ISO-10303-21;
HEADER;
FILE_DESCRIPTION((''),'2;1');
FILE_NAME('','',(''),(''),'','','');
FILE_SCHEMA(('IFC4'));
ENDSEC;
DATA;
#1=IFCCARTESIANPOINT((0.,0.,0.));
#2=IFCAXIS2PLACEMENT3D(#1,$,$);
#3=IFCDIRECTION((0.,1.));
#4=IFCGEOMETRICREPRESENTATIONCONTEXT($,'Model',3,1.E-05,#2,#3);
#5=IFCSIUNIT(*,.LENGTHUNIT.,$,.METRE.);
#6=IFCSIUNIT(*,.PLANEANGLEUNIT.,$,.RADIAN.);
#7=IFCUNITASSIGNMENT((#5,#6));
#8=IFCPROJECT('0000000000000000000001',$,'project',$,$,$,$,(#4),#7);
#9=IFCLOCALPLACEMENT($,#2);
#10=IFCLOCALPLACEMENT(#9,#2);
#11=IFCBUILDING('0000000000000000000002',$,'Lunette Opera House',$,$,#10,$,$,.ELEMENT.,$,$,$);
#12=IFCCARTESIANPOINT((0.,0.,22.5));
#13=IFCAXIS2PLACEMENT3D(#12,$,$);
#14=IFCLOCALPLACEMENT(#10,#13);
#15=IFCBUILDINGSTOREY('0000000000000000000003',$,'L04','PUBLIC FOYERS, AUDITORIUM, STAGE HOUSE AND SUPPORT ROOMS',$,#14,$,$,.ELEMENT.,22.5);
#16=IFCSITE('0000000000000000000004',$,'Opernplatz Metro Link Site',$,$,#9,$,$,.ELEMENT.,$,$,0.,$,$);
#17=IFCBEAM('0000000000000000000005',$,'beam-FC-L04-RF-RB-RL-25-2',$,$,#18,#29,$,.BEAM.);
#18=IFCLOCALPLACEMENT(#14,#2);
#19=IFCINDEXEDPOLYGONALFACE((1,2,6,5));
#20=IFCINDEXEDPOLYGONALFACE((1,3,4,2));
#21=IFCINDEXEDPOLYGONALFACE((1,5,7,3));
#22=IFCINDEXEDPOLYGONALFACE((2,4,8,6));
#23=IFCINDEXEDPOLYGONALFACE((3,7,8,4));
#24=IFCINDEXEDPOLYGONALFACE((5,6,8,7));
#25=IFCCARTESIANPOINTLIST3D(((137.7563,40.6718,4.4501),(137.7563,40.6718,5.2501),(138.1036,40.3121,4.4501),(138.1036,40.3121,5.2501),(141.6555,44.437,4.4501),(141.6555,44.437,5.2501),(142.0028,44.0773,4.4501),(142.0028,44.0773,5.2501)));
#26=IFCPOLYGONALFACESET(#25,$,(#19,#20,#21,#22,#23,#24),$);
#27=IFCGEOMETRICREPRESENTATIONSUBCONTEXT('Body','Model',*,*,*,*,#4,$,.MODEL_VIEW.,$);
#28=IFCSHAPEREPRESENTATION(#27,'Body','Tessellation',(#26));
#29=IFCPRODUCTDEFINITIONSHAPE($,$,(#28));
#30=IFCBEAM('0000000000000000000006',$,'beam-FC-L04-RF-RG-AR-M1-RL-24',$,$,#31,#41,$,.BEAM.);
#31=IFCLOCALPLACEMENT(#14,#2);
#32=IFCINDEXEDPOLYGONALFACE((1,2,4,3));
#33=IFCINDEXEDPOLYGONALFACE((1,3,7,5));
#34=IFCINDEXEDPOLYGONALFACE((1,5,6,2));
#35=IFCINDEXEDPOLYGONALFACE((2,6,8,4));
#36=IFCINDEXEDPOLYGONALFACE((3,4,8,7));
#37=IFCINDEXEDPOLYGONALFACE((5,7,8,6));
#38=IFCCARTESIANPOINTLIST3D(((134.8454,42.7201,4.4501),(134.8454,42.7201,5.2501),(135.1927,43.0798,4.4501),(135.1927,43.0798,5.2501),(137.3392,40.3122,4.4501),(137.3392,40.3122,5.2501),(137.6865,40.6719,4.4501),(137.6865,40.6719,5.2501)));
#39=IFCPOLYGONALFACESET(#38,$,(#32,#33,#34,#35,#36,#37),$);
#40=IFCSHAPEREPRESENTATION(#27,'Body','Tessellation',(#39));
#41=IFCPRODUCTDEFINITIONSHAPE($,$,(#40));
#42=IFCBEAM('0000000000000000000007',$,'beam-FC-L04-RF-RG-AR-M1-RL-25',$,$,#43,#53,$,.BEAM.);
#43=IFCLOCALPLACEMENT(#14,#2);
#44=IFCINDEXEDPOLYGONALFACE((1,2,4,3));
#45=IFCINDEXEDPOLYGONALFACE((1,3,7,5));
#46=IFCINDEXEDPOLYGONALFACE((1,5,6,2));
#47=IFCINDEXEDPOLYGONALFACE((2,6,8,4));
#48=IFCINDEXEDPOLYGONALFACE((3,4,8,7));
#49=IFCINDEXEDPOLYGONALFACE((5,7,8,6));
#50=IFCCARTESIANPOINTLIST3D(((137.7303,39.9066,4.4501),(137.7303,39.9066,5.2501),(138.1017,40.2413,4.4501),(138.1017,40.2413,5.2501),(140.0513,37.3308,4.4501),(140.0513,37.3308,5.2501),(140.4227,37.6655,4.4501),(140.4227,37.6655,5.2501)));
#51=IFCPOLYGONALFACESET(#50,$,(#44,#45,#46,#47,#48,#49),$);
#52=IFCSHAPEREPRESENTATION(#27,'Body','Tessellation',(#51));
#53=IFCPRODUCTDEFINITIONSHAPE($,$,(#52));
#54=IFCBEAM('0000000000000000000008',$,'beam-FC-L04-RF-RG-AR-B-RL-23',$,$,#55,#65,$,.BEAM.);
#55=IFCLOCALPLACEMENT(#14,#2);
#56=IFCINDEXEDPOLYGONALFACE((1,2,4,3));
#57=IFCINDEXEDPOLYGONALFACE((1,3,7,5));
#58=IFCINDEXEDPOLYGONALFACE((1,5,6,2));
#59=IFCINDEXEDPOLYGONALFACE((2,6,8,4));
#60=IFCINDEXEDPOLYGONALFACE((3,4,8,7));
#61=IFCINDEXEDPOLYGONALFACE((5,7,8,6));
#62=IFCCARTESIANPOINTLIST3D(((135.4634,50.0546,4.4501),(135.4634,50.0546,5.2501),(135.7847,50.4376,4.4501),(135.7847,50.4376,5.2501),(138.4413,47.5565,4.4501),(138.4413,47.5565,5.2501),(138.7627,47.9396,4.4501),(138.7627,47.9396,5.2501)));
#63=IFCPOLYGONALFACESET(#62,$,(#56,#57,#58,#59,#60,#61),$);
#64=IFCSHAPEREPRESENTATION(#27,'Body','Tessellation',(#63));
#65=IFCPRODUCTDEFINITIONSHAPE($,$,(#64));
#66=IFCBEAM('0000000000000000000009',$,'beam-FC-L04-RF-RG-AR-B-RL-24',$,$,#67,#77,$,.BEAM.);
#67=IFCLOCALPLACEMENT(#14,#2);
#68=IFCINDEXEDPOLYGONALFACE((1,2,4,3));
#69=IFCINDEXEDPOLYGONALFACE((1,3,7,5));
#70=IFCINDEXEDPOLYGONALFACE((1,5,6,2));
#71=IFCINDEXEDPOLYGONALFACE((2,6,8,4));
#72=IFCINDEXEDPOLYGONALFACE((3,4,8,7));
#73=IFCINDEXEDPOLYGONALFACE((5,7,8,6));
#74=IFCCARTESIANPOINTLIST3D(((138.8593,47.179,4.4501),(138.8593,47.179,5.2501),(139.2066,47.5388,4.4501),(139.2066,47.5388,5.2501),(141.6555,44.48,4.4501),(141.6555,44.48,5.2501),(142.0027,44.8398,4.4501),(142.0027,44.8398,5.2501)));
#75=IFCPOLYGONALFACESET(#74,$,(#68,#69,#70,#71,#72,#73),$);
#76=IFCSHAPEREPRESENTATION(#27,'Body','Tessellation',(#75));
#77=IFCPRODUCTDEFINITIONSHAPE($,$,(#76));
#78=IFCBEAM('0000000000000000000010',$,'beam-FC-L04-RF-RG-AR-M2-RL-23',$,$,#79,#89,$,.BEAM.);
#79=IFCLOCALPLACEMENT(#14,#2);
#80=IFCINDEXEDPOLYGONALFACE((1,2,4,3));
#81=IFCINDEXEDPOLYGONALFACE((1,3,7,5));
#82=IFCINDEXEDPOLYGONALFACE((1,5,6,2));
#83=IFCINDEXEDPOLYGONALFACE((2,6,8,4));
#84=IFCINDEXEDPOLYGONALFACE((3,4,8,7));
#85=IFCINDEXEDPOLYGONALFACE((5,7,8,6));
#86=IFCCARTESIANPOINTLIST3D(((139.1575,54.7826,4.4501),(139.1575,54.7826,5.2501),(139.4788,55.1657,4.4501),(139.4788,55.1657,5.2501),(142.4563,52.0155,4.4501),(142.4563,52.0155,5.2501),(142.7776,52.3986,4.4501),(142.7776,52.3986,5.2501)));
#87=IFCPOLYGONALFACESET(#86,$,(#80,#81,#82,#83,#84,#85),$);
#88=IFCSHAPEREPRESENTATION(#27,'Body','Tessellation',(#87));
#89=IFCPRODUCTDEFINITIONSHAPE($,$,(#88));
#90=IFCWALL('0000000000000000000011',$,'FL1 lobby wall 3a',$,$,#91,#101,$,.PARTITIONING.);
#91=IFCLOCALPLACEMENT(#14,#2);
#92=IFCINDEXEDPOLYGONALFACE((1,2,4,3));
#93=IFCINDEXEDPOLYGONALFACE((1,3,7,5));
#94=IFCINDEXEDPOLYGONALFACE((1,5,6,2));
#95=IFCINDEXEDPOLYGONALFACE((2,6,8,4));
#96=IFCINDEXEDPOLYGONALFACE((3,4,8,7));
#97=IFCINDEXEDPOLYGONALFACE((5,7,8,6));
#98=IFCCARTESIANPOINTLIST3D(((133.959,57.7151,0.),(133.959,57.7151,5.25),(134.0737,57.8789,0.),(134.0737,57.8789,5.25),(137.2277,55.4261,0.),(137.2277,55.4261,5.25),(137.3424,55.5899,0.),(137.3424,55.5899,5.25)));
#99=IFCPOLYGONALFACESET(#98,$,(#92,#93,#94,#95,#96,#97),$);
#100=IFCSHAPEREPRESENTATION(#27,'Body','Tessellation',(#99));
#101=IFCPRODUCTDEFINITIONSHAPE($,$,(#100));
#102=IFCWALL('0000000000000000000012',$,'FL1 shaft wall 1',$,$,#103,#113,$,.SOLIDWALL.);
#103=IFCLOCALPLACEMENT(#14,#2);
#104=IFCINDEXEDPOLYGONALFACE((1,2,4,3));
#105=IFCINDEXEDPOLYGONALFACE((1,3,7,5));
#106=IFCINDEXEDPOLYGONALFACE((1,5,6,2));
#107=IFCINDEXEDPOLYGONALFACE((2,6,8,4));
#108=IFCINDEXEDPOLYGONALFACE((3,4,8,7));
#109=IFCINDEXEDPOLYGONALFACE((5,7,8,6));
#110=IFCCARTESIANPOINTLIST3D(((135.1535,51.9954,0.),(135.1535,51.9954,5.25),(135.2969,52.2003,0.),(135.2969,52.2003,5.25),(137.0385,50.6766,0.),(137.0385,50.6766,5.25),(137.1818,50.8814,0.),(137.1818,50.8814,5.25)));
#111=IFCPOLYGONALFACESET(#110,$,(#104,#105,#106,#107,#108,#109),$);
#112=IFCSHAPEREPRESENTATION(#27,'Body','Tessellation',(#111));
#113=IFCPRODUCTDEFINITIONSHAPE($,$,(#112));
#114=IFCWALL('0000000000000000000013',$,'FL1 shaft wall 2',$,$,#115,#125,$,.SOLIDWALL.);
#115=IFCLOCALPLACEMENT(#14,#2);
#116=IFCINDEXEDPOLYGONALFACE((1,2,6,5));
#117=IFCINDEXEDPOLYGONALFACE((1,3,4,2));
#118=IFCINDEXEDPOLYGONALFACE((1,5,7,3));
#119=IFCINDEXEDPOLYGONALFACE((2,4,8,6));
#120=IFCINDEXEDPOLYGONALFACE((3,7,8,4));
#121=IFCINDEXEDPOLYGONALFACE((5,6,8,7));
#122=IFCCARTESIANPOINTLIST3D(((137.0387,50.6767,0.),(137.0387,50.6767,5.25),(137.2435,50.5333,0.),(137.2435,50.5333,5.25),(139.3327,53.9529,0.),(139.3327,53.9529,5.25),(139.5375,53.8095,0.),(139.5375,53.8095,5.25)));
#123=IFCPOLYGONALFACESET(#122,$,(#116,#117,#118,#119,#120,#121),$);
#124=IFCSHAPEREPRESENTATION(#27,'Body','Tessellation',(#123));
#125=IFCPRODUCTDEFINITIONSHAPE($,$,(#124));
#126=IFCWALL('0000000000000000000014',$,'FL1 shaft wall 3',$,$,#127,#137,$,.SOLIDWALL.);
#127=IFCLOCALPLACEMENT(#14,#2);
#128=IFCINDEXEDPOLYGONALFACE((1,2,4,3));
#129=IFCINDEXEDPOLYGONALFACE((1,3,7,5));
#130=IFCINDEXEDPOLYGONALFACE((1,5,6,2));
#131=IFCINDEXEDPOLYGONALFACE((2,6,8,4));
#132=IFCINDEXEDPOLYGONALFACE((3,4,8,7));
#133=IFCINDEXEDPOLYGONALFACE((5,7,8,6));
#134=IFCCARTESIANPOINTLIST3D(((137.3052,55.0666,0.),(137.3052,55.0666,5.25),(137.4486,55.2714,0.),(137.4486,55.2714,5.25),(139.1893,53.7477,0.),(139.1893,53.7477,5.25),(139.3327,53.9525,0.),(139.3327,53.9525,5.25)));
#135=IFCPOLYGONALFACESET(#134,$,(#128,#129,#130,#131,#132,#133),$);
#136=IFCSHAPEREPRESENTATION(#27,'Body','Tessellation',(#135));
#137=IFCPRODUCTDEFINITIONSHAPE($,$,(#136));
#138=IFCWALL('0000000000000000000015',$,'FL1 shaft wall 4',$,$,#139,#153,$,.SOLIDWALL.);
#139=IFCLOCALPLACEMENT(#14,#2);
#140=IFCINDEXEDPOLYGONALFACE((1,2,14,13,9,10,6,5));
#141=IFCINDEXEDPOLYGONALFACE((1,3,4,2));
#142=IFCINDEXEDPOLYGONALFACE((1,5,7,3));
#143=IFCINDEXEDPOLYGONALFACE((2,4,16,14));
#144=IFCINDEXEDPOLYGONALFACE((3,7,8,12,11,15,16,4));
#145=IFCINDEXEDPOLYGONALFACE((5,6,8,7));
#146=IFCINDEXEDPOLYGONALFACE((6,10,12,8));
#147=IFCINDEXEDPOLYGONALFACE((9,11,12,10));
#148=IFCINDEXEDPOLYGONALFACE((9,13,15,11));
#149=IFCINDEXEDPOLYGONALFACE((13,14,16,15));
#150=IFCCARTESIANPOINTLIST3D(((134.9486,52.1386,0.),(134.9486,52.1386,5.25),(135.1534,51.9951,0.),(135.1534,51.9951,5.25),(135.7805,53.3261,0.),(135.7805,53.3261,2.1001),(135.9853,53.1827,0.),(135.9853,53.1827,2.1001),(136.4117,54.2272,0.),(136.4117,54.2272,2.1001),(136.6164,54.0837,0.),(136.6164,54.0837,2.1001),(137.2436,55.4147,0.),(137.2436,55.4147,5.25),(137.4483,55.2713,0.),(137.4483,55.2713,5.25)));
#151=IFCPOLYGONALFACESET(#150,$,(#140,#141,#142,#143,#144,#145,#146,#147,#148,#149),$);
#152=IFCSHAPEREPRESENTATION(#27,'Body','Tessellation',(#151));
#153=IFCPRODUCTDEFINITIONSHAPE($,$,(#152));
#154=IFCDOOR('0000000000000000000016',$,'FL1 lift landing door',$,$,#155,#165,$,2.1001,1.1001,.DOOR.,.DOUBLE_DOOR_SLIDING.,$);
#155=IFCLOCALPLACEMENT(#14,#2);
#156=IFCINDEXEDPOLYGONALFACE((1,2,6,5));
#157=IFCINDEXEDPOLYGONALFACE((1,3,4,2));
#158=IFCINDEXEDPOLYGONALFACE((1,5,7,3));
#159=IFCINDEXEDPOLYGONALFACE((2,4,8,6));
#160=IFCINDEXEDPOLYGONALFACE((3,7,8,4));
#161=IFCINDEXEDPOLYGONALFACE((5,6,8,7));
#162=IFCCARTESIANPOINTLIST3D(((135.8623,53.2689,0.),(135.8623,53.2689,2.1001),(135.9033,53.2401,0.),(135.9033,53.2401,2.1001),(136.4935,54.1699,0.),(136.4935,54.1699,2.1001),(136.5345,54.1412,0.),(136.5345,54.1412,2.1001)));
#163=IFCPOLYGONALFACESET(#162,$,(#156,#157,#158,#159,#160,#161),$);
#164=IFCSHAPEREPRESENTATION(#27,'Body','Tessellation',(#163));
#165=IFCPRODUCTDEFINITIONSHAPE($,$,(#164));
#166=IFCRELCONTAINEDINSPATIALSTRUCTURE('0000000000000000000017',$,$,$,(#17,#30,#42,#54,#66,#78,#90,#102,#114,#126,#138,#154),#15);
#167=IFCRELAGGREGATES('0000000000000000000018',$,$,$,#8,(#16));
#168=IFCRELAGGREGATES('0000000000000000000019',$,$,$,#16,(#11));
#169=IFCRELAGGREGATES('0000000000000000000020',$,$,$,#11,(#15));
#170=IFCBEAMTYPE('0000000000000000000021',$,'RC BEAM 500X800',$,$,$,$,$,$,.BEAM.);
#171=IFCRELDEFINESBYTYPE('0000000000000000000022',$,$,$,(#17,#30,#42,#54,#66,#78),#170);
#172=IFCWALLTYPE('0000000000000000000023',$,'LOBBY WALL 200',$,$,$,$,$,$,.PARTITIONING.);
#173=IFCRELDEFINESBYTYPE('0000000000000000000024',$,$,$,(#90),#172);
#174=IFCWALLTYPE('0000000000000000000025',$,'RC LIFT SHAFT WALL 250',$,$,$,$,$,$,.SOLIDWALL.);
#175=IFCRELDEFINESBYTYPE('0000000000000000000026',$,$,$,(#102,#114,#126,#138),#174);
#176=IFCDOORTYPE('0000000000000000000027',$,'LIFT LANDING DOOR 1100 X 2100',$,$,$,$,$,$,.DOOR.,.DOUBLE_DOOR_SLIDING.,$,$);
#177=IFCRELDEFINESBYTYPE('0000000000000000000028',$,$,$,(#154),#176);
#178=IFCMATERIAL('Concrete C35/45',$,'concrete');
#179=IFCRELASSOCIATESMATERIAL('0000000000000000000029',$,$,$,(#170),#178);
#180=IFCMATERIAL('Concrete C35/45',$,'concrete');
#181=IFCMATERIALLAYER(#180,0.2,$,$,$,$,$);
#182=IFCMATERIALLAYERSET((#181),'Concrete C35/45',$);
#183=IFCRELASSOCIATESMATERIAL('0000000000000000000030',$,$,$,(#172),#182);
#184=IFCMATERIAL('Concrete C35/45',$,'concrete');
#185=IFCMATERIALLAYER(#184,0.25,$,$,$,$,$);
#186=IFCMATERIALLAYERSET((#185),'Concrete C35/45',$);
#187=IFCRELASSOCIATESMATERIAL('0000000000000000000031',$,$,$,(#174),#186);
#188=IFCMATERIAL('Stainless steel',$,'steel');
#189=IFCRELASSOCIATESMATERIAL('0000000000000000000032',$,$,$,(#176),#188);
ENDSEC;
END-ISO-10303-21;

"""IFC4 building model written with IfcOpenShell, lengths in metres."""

from ifc_helpers import new_model, si_unit, direction, frame, frame_2d, origin, origin_2d, place, context, subcontext, project, spatial, rectangle, extrude, material, layer, layer_set, material_profile, profile_set, type_object, element, fill, save


model = new_model("IFC4")

# Units and contexts
model_context = context("Model", 3, precision=1e-05, world=origin(), true_north=direction((0.0, 1.0)))
body_context = subcontext(model_context, "Body", "Model", "MODEL_VIEW")
ifc_project = project(units=[si_unit("LENGTHUNIT", "METRE"), si_unit("PLANEANGLEUNIT", "RADIAN")], contexts=[model_context])

# Site, building, storey
site_placement = place(None, origin())
site = spatial("IfcSite", under=ifc_project, at=site_placement, Name="Opernplatz Metro Link Site", CompositionType="ELEMENT", RefElevation=0.0)
building_placement = place(site_placement, origin())
building = spatial("IfcBuilding", under=site, at=building_placement, Name="Lunette Opera House", CompositionType="ELEMENT")
storey_placement = place(building_placement, frame((0.0, 0.0, 22.5)))
storey = spatial("IfcBuildingStorey", under=building, at=storey_placement, Name="L04", Description="PUBLIC FOYERS, AUDITORIUM, STAGE HOUSE AND SUPPORT ROOMS", CompositionType="ELEMENT", Elevation=22.5)

# Beams
ifc_material_1 = material(Name="Concrete C35/45", Category="concrete")
ifc_material_profile_1 = material_profile(ifc_material_1, rectangle(XDim=0.5, YDim=0.8, at=origin_2d()), Name="RC BEAM 500X800")
ifc_profile_set_1 = profile_set([ifc_material_profile_1], Name="Concrete C35/45")
beam_type = type_object("IfcBeamType", Name="RC BEAM 500X800", PredefinedType="BEAM", material=ifc_profile_set_1)
beam_1_placement = place(storey_placement, frame((137.9299, 40.4919, 4.8501), z_axis=(0.719363, 0.694635, 0.0), x_axis=(-0.694635, 0.719363, 0.0)))
element("IfcBeam", 1, at=beam_1_placement, inside=storey, type_object=beam_type, Name="beam-FC-L04-RF-RB-RL-25-2", PredefinedType="BEAM", context=body_context, shape_type="SweptSolid", body=[
    extrude(rectangle(XDim=0.5, YDim=0.8, at=origin_2d()), origin(), (0.0, 0.0, 1.0), 5.4204),
])
beam_2_placement = place(storey_placement, frame((135.019, 42.8999, 4.8501), z_axis=(0.719393, -0.694603, 0.0), x_axis=(0.694603, 0.719393, 0.0)))
element("IfcBeam", 2, at=beam_2_placement, inside=storey, type_object=beam_type, Name="beam-FC-L04-RF-RG-AR-M1-RL-24", PredefinedType="BEAM", context=body_context, shape_type="SweptSolid", body=[
    extrude(rectangle(XDim=0.5, YDim=0.8, at=origin_2d()), origin(), (0.0, 0.0, 1.0), 3.4666),
])
beam_3_placement = place(storey_placement, frame((137.916, 40.074, 4.8501), z_axis=(0.669396, -0.742905, 0.0), x_axis=(0.742905, 0.669396, 0.0)))
element("IfcBeam", 3, at=beam_3_placement, inside=storey, type_object=beam_type, Name="beam-FC-L04-RF-RG-AR-M1-RL-25", PredefinedType="BEAM", context=body_context, shape_type="SweptSolid", body=[
    extrude(rectangle(XDim=0.5, YDim=0.8, at=origin_2d()), origin(), (0.0, 0.0, 1.0), 3.4673),
])
beam_4_placement = place(storey_placement, frame((135.624, 50.2461, 4.8501), z_axis=(0.766148, -0.642665, 0.0), x_axis=(0.642665, 0.766148, 0.0)))
element("IfcBeam", 4, at=beam_4_placement, inside=storey, type_object=beam_type, Name="beam-FC-L04-RF-RG-AR-B-RL-23", PredefinedType="BEAM", context=body_context, shape_type="SweptSolid", body=[
    extrude(rectangle(XDim=0.5, YDim=0.8, at=origin_2d()), origin(), (0.0, 0.0, 1.0), 3.887),
])
beam_5_placement = place(storey_placement, frame((139.033, 47.3589, 4.8501), z_axis=(0.719498, -0.694495, 0.0), x_axis=(0.694495, 0.719498, 0.0)))
element("IfcBeam", 5, at=beam_5_placement, inside=storey, type_object=beam_type, Name="beam-FC-L04-RF-RG-AR-B-RL-24", PredefinedType="BEAM", context=body_context, shape_type="SweptSolid", body=[
    extrude(rectangle(XDim=0.5, YDim=0.8, at=origin_2d()), origin(), (0.0, 0.0, 1.0), 3.8862),
])
beam_6_placement = place(storey_placement, frame((139.3181, 54.9741, 4.8501), z_axis=(0.766154, -0.642657, 0.0), x_axis=(0.642657, 0.766154, 0.0)))
element("IfcBeam", 6, at=beam_6_placement, inside=storey, type_object=beam_type, Name="beam-FC-L04-RF-RG-AR-M2-RL-23", PredefinedType="BEAM", context=body_context, shape_type="SweptSolid", body=[
    extrude(rectangle(XDim=0.5, YDim=0.8, at=origin_2d()), origin(), (0.0, 0.0, 1.0), 4.3057),
])

# Walls
ifc_material_2 = material(Name="Concrete C35/45", Category="concrete")
ifc_layer_1 = layer(ifc_material_2, 0.2)
ifc_layer_set_1 = layer_set([ifc_layer_1], Name="Concrete C35/45")
wall_type_1 = type_object("IfcWallType", Name="LOBBY WALL 200", PredefinedType="PARTITIONING", material=ifc_layer_set_1)
wall_1_placement = place(storey_placement, frame((137.2849, 55.5081, 0.0), z_axis=(0.0, 0.0, 1.0), x_axis=(-0.819126, 0.573614, 0.0)))
element("IfcWall", 7, at=wall_1_placement, inside=storey, type_object=wall_type_1, Name="FL1 lobby wall 3a", PredefinedType="PARTITIONING", context=body_context, shape_type="SweptSolid", body=[
    extrude(rectangle(XDim=3.9905, YDim=0.2, at=frame_2d((1.9951, 0.0))), origin(), (0.0, 0.0, 1.0), 5.25),
])
ifc_material_3 = material(Name="Concrete C35/45", Category="concrete")
ifc_layer_2 = layer(ifc_material_3, 0.25)
ifc_layer_set_2 = layer_set([ifc_layer_2], Name="Concrete C35/45")
wall_type_2 = type_object("IfcWallType", Name="RC LIFT SHAFT WALL 250", PredefinedType="SOLIDWALL", material=ifc_layer_set_2)
wall_2_placement = place(storey_placement, frame((135.2251, 52.0979, 0.0), z_axis=(0.0, 0.0, 1.0), x_axis=(0.819367, -0.57327, 0.0)))
element("IfcWall", 8, at=wall_2_placement, inside=storey, type_object=wall_type_2, Name="FL1 shaft wall 1", PredefinedType="SOLIDWALL", context=body_context, shape_type="SweptSolid", body=[
    extrude(rectangle(XDim=2.3005, YDim=0.25, at=frame_2d((1.1504, 0.0))), origin(), (0.0, 0.0, 1.0), 5.25),
])
wall_3_placement = place(storey_placement, frame((137.1411, 50.605, 0.0), z_axis=(0.0, 0.0, 1.0), x_axis=(0.573573, 0.819154, 0.0)))
element("IfcWall", 9, at=wall_3_placement, inside=storey, type_object=wall_type_2, Name="FL1 shaft wall 2", PredefinedType="SOLIDWALL", context=body_context, shape_type="SweptSolid", body=[
    extrude(rectangle(XDim=3.9995, YDim=0.25, at=frame_2d((1.9998, 0.0))), origin(), (0.0, 0.0, 1.0), 5.25),
])
wall_4_placement = place(storey_placement, frame((139.261, 53.8501, 0.0), z_axis=(0.0, 0.0, 1.0), x_axis=(-0.819227, 0.573469, 0.0)))
element("IfcWall", 10, at=wall_4_placement, inside=storey, type_object=wall_type_2, Name="FL1 shaft wall 3", PredefinedType="SOLIDWALL", context=body_context, shape_type="SweptSolid", body=[
    extrude(rectangle(XDim=2.2998, YDim=0.25, at=frame_2d((1.1499, 0.0))), origin(), (0.0, 0.0, 1.0), 5.25),
])

# Wall, opening, door
wall_5_placement = place(storey_placement, frame((137.3459, 55.343, 0.0), z_axis=(0.0, 0.0, 1.0), x_axis=(-0.573737, -0.81904, 0.0)))
wall_5 = element("IfcWall", 11, at=wall_5_placement, inside=storey, type_object=wall_type_2, Name="FL1 shaft wall 4", PredefinedType="SOLIDWALL", context=body_context, shape_type="SweptSolid", body=[
    extrude(rectangle(XDim=4.0, YDim=0.25, at=frame_2d((2.0, 0.0))), origin(), (0.0, 0.0, 1.0), 5.25),
])
opening_1_placement = place(wall_5_placement, frame((1.45, 0.0, 0.0)))
opening_1 = element("IfcOpeningElement", 12, at=opening_1_placement, cuts=wall_5, PredefinedType="OPENING", context=body_context, shape_type="SweptSolid", body=[
    extrude(rectangle(XDim=1.1001, YDim=2.1001, at=frame_2d((0.55, 1.05))), frame((0.0, 0.137, 0.0), z_axis=(0.0, -1.0, 0.0), x_axis=(1.0, 0.0, 0.0)), (0.0, 0.0, 1.0), 0.2739),
])
ifc_material_4 = material(Name="Stainless steel", Category="steel")
door_type_1 = type_object("IfcDoorType", Name="LIFT LANDING DOOR 1100 X 2100", OperationType="DOUBLE_DOOR_SLIDING", PredefinedType="DOOR", material=ifc_material_4)
door_1_placement = place(opening_1_placement, origin())
door_1 = element("IfcDoor", 13, at=door_1_placement, inside=storey, type_object=door_type_1, Name="FL1 lift landing door", OperationType="DOUBLE_DOOR_SLIDING", OverallHeight=2.1001, OverallWidth=1.1001, PredefinedType="DOOR", context=body_context, shape_type="SweptSolid", body=[
    extrude(rectangle(XDim=1.1001, YDim=2.1001, at=frame_2d((0.55, 1.05))), frame((0.0, 0.0249, 0.0), z_axis=(0.0, -1.0, 0.0), x_axis=(1.0, 0.0, 0.0)), (0.0, 0.0, 1.0), 0.05),
])
fill(opening_1, door_1)

save(model, "model.ifc")
